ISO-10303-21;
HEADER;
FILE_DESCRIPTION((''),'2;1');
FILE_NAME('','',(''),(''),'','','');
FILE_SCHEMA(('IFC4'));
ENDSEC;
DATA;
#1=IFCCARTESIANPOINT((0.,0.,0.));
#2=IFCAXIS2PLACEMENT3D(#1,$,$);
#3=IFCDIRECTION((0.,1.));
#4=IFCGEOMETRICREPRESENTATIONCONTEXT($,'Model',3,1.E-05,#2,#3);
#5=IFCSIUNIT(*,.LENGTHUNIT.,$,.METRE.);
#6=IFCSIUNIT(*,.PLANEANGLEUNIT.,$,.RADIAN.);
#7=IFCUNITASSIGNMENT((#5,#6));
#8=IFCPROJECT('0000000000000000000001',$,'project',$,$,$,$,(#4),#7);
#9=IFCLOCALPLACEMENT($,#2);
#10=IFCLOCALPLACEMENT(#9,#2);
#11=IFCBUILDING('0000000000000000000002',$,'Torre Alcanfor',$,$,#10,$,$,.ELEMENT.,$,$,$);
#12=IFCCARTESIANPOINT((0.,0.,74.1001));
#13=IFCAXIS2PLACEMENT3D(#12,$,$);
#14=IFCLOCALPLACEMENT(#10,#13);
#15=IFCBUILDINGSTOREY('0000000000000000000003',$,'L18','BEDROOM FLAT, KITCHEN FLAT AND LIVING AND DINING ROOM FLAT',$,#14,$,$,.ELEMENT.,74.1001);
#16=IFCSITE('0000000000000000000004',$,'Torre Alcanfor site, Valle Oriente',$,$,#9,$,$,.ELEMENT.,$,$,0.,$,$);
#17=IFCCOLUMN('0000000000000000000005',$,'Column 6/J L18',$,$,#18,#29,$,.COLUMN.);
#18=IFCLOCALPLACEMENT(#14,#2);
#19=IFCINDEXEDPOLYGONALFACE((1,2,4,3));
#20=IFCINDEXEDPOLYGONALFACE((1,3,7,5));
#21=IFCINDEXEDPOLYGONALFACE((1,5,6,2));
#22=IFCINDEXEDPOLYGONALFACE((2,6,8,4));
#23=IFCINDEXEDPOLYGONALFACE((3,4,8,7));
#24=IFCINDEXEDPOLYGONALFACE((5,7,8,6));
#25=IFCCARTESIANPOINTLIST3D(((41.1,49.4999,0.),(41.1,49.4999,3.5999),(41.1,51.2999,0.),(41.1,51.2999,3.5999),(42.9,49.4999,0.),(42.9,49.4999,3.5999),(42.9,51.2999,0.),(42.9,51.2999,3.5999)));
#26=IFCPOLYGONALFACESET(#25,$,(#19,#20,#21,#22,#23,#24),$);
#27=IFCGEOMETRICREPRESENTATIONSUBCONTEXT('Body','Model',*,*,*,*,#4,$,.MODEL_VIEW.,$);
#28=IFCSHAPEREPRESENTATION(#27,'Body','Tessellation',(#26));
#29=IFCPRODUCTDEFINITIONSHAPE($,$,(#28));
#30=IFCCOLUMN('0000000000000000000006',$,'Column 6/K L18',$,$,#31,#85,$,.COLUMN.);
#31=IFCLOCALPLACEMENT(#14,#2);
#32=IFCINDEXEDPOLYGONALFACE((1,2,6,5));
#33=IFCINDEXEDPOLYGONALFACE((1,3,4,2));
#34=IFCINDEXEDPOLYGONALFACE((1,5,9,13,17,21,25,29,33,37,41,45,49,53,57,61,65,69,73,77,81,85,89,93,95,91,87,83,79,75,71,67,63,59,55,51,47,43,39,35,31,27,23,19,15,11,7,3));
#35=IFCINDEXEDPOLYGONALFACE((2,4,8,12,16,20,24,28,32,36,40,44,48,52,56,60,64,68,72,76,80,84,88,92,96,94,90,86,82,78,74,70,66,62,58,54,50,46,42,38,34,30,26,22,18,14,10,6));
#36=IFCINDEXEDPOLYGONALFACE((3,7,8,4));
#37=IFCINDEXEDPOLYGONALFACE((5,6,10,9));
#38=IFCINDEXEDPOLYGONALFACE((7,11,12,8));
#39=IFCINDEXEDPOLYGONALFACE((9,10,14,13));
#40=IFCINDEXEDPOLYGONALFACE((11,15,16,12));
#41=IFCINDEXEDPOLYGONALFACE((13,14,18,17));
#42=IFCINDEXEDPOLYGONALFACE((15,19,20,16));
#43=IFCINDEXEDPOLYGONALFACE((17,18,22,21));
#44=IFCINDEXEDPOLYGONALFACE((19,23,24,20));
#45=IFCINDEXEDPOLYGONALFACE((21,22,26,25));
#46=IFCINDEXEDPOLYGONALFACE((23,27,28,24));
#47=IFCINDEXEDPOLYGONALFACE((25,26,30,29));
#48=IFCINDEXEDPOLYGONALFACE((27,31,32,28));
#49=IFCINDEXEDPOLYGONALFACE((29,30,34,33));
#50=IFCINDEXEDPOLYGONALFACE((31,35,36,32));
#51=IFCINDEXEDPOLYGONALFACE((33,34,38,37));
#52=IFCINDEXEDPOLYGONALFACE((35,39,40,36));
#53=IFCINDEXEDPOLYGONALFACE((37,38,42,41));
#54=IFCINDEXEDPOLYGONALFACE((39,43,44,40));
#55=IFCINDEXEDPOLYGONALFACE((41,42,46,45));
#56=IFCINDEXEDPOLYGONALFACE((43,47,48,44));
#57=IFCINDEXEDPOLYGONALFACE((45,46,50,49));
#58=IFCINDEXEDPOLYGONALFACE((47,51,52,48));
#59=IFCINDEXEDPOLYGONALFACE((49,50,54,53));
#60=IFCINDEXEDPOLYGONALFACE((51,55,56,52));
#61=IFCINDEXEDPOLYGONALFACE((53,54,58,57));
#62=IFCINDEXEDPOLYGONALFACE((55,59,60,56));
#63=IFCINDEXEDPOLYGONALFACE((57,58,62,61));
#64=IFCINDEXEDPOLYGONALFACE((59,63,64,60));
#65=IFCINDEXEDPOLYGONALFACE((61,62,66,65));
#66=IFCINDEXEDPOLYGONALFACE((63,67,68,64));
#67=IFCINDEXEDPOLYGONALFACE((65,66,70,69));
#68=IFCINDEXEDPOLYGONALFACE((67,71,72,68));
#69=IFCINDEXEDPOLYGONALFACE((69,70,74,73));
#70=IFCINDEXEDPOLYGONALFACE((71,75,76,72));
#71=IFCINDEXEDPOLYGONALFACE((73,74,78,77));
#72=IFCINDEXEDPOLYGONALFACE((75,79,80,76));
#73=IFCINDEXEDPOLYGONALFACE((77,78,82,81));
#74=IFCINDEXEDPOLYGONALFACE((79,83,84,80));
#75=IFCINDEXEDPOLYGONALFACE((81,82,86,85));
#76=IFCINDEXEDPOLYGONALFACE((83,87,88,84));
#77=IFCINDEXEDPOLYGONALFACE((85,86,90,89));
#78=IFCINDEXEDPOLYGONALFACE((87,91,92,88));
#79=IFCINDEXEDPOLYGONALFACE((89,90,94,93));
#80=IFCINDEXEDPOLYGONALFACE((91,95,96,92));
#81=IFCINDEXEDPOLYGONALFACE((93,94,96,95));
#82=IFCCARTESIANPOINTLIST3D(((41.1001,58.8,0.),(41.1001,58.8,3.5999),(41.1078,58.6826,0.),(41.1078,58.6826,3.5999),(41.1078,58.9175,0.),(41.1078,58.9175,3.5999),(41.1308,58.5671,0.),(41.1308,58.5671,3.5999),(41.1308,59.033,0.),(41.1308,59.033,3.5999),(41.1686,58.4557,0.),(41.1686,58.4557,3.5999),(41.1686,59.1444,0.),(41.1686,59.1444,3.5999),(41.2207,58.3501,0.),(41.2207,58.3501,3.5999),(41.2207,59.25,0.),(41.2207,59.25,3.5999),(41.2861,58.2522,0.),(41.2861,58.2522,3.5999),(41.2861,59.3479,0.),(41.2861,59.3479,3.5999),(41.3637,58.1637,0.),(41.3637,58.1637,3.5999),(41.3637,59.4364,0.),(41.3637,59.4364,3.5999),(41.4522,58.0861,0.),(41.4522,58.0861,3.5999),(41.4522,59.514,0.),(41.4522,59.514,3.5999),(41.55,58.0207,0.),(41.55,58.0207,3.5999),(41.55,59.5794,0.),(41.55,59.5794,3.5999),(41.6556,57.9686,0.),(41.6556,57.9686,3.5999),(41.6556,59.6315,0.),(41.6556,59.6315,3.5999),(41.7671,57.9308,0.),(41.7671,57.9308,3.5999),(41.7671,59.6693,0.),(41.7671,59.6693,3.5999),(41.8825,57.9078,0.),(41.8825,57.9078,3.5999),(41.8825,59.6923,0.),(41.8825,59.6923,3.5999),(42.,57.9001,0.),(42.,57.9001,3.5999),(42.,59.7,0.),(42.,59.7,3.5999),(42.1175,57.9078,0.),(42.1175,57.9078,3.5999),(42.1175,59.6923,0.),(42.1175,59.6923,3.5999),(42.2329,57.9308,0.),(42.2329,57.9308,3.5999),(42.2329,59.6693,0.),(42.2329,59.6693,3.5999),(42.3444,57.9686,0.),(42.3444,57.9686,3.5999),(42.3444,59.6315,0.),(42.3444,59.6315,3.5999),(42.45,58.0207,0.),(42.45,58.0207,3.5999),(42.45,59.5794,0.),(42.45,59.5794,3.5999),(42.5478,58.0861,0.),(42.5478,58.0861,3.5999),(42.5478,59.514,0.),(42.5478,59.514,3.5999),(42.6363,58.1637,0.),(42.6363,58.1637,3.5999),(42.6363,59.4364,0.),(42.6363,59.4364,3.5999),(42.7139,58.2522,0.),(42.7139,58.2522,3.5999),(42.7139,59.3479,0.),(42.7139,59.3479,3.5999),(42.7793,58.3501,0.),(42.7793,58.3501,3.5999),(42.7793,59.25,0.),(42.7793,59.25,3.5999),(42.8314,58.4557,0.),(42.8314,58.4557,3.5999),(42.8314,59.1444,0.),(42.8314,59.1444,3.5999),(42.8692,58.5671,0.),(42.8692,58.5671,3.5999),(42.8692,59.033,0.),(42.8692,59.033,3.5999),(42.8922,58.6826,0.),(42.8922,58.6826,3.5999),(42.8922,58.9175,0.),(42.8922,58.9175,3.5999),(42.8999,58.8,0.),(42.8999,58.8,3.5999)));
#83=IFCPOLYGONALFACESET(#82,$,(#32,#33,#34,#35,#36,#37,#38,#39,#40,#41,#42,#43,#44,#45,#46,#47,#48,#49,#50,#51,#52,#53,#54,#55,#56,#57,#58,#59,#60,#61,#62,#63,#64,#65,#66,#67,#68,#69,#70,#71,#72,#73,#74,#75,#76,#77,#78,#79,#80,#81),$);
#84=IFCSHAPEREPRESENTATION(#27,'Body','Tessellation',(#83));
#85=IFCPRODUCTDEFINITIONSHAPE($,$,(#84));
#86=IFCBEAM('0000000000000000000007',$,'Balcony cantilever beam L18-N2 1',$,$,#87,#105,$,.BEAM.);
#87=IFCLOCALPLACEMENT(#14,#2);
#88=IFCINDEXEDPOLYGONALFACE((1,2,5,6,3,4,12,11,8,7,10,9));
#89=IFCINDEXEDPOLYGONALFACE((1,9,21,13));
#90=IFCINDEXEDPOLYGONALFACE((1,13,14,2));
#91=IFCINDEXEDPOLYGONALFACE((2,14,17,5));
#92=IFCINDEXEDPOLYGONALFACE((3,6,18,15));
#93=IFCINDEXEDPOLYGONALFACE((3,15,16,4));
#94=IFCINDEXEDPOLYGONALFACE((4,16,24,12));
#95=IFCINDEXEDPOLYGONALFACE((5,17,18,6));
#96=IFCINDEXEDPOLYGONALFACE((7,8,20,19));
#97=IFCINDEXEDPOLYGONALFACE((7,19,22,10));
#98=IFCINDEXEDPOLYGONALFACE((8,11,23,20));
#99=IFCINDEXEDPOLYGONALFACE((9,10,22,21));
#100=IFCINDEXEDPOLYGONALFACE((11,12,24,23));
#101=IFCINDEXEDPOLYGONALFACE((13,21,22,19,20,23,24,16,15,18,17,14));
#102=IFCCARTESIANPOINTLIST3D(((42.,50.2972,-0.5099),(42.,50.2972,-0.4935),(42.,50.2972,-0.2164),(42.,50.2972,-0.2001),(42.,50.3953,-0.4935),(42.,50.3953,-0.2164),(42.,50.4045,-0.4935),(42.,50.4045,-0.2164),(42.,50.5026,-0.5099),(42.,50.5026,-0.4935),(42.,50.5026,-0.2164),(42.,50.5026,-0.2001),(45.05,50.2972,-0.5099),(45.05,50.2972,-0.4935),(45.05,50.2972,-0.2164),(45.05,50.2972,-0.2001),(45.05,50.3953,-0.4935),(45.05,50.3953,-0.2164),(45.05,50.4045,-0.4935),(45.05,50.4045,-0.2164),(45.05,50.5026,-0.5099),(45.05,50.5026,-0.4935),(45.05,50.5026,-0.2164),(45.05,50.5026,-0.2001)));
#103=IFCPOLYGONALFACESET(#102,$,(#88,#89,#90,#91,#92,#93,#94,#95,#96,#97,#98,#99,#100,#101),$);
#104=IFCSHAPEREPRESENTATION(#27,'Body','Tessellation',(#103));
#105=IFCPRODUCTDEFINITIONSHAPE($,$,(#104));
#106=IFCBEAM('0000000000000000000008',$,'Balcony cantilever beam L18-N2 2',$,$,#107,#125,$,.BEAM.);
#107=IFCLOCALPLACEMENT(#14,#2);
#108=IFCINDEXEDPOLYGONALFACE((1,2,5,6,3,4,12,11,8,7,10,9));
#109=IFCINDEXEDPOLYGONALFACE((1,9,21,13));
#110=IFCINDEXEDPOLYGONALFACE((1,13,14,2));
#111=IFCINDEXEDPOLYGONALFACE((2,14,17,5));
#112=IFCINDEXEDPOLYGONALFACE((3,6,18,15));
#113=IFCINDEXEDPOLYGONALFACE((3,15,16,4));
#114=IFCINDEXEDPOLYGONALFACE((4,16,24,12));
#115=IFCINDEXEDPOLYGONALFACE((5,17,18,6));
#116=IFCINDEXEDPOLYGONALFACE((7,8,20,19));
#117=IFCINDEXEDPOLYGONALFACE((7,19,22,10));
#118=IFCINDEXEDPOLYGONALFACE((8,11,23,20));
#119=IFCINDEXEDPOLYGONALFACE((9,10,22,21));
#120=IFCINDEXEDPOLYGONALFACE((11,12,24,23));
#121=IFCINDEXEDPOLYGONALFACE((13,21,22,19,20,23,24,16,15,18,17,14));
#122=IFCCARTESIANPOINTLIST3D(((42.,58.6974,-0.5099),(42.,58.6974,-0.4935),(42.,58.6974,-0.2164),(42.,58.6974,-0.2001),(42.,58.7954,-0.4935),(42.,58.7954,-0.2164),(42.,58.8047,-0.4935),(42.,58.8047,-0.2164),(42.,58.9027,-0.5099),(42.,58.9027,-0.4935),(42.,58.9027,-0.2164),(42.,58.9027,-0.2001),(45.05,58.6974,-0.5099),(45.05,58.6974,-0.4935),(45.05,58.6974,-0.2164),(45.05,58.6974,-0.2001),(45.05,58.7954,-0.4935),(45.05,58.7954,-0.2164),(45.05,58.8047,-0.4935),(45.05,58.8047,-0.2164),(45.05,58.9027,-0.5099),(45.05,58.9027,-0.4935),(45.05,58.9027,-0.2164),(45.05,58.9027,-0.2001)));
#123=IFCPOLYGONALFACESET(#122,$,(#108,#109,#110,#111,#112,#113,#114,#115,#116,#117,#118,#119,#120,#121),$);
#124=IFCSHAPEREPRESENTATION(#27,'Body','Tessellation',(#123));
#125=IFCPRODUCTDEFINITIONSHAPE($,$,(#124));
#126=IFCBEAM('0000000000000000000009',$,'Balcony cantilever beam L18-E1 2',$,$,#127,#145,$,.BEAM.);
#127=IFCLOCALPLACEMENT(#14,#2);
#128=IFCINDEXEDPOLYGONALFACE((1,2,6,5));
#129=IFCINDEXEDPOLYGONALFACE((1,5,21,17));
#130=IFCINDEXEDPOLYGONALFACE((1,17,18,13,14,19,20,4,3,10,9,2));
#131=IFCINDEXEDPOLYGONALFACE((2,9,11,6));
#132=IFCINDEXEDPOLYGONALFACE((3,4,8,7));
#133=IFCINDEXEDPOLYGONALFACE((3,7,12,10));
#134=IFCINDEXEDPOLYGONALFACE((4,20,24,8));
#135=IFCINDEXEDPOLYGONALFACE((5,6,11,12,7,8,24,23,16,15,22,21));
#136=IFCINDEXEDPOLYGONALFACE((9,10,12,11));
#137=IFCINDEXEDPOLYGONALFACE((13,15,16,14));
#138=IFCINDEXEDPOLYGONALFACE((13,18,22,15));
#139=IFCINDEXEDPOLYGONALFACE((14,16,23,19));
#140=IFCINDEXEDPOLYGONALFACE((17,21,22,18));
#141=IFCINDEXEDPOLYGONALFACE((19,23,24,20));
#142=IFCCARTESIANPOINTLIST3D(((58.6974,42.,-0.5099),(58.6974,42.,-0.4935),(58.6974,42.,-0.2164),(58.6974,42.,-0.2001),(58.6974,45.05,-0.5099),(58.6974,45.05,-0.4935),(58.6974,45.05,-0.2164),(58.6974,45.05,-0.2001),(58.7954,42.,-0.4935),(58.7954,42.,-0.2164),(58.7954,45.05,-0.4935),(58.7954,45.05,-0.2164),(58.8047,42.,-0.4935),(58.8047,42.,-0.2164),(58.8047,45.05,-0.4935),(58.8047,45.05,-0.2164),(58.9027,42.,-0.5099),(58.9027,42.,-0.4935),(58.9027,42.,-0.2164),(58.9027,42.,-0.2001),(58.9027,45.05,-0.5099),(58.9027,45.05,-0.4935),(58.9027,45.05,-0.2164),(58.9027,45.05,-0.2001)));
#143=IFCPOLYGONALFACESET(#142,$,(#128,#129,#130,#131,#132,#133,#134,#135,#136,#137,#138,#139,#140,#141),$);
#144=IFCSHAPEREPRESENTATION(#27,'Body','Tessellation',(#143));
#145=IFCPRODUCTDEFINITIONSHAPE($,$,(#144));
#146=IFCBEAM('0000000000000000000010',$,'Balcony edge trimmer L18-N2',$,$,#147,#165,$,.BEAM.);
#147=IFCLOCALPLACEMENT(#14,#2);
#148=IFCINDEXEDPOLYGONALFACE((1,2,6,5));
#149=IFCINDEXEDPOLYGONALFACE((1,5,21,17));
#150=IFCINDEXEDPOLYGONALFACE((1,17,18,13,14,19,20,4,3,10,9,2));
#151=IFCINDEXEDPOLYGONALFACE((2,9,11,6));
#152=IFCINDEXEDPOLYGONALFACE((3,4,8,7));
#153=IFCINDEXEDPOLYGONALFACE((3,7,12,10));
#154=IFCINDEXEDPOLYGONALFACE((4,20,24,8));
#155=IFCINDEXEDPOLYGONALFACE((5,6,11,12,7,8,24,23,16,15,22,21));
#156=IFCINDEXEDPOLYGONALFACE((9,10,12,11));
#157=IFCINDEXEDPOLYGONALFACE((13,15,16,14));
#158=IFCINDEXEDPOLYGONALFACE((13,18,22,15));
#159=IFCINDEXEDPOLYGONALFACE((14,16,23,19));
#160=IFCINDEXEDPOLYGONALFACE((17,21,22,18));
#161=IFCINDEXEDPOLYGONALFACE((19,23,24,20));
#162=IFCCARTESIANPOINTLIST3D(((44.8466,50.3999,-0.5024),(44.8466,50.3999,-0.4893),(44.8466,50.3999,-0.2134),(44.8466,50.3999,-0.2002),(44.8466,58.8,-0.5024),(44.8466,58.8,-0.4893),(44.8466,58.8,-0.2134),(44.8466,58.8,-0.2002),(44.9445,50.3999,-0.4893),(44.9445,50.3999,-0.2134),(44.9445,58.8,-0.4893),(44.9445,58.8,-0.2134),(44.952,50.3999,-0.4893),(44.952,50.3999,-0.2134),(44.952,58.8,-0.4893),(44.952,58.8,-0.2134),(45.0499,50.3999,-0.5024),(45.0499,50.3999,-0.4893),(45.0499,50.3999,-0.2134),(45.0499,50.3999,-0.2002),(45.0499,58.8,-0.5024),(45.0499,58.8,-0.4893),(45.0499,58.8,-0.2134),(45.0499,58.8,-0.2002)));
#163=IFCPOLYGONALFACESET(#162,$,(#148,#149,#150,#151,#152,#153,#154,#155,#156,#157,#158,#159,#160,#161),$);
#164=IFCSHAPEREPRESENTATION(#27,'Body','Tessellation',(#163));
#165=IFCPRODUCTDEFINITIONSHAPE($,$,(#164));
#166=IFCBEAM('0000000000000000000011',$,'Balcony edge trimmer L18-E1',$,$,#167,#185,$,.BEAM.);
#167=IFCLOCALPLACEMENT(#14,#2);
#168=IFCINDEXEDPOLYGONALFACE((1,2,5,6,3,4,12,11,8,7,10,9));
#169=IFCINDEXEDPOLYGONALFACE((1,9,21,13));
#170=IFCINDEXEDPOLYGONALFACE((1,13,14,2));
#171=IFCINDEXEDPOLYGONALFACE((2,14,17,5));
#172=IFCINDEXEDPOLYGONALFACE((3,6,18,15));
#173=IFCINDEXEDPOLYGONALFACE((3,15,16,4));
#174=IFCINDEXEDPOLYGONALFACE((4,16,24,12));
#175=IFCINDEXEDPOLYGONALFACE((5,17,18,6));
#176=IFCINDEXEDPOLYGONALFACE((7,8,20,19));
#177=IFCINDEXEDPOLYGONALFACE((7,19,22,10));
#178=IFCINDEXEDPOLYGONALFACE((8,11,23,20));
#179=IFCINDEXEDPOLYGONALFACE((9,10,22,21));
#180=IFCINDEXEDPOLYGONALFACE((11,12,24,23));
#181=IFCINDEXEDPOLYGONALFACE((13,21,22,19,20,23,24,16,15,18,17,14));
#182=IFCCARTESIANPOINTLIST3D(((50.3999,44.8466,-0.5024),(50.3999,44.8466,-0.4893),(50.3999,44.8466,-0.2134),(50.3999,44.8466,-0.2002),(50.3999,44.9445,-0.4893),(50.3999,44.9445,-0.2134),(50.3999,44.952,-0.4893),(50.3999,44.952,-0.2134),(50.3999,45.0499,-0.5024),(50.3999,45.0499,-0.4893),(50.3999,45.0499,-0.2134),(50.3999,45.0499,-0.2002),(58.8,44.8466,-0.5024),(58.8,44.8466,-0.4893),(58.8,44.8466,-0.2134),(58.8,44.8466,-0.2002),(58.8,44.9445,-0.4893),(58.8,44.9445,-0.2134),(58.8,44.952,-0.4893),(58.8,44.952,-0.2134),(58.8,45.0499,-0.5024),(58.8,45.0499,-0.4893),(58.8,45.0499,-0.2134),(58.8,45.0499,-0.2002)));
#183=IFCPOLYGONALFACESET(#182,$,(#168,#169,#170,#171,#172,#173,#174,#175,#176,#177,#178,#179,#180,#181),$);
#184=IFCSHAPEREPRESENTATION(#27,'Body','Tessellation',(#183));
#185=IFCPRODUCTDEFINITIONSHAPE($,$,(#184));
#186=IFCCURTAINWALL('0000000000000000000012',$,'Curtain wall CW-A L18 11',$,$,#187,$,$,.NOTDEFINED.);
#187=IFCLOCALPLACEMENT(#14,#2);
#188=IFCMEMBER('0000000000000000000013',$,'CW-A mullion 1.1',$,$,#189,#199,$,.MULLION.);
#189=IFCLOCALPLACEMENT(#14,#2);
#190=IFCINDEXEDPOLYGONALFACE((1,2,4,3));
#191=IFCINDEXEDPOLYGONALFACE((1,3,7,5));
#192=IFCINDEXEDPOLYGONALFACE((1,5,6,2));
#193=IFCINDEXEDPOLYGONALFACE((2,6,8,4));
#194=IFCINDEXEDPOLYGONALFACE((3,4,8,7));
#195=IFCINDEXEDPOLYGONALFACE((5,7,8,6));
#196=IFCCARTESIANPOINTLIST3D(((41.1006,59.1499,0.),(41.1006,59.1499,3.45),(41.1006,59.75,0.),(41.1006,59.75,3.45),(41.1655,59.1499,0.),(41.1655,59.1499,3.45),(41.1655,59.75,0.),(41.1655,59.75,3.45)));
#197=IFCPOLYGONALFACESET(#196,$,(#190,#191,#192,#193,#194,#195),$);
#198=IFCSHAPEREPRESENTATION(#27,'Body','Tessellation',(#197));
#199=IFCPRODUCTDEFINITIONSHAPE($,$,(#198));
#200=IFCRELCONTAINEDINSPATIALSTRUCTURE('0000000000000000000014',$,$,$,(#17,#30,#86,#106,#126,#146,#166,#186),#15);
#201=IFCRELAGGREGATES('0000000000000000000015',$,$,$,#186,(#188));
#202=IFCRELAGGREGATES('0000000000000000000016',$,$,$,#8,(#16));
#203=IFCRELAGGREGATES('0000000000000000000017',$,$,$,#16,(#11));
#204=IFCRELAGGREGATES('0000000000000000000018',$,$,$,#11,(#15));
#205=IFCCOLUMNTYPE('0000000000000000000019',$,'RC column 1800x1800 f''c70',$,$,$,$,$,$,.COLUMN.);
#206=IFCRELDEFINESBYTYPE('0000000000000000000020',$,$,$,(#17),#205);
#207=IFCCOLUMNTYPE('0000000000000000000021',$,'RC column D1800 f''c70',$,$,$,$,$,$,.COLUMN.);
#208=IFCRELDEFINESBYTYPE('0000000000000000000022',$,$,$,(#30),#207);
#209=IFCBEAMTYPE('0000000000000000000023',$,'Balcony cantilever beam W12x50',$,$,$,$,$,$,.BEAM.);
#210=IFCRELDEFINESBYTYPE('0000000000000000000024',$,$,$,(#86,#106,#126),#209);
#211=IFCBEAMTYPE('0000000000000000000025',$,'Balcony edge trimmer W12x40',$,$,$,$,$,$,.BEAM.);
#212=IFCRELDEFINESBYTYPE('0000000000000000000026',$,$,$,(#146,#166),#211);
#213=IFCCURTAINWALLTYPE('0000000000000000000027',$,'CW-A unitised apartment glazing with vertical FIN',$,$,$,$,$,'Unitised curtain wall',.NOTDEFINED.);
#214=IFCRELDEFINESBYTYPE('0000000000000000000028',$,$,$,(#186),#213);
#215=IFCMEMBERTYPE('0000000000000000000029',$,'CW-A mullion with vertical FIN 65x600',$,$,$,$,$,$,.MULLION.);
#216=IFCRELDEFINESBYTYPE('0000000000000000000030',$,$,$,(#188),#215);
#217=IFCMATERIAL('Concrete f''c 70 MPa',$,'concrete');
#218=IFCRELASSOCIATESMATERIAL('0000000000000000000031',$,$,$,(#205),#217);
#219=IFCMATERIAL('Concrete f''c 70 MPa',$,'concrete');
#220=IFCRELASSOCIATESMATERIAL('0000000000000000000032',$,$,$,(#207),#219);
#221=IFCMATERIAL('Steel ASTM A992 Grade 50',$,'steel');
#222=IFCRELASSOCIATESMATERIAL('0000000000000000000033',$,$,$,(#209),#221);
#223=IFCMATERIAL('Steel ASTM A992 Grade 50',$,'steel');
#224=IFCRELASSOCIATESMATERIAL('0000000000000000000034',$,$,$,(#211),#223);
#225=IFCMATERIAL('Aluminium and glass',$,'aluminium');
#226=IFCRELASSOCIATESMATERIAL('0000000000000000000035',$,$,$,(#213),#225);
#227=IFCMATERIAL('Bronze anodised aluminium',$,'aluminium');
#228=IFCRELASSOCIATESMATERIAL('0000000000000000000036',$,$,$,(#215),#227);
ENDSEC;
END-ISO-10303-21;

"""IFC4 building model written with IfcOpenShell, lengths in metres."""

from ifc_helpers import new_model, si_unit, direction, frame, origin, origin_2d, place, context, subcontext, project, spatial, rectangle, circle, i_section, extrude, material, material_profile, profile_set, type_object, element, aggregate, save


model = new_model("IFC4")

# Units and contexts
model_context = context("Model", 3, precision=1e-05, world=origin(), true_north=direction((0.0, 1.0)))
body_context = subcontext(model_context, "Body", "Model", "MODEL_VIEW")
ifc_project = project(units=[si_unit("LENGTHUNIT", "METRE"), si_unit("PLANEANGLEUNIT", "RADIAN")], contexts=[model_context])

# Site, building, storey
site_placement = place(None, origin())
site = spatial("IfcSite", under=ifc_project, at=site_placement, Name="Torre Alcanfor site, Valle Oriente", CompositionType="ELEMENT", RefElevation=0.0)
building_placement = place(site_placement, origin())
building = spatial("IfcBuilding", under=site, at=building_placement, Name="Torre Alcanfor", CompositionType="ELEMENT")
storey_placement = place(building_placement, frame((0.0, 0.0, 74.1001)))
storey = spatial("IfcBuildingStorey", under=building, at=storey_placement, Name="L18", Description="BEDROOM FLAT, KITCHEN FLAT AND LIVING AND DINING ROOM FLAT", CompositionType="ELEMENT", Elevation=74.1001)

# Columns
ifc_material_1 = material(Name="Concrete f'c 70 MPa", Category="concrete")
ifc_material_profile_1 = material_profile(ifc_material_1, rectangle(XDim=1.8, YDim=1.8, at=origin_2d()), Name="1800x1800")
ifc_profile_set_1 = profile_set([ifc_material_profile_1], Name="Concrete f'c 70 MPa")
column_type_1 = type_object("IfcColumnType", Name="RC column 1800x1800 f'c70", PredefinedType="COLUMN", material=ifc_profile_set_1)
column_1_placement = place(storey_placement, frame((42.0, 50.3999, 0.0), z_axis=(0.0, 0.0, 1.0), x_axis=(1.0, 0.0, 0.0)))
element("IfcColumn", 1, at=column_1_placement, inside=storey, type_object=column_type_1, Name="Column 6/J L18", PredefinedType="COLUMN", context=body_context, shape_type="SweptSolid", body=[
    extrude(rectangle(XDim=1.8, YDim=1.8, at=origin_2d()), origin(), (0.0, 0.0, 1.0), 3.5999),
])
ifc_material_2 = material(Name="Concrete f'c 70 MPa", Category="concrete")
ifc_material_profile_2 = material_profile(ifc_material_2, circle(Radius=0.8999, at=origin_2d()), Name="D1800")
ifc_profile_set_2 = profile_set([ifc_material_profile_2], Name="Concrete f'c 70 MPa")
column_type_2 = type_object("IfcColumnType", Name="RC column D1800 f'c70", PredefinedType="COLUMN", material=ifc_profile_set_2)
column_2_placement = place(storey_placement, frame((42.0, 58.8, 0.0), z_axis=(0.0, 0.0, 1.0), x_axis=(1.0, 0.0, 0.0)))
element("IfcColumn", 2, at=column_2_placement, inside=storey, type_object=column_type_2, Name="Column 6/K L18", PredefinedType="COLUMN", context=body_context, shape_type="SweptSolid", body=[
    extrude(circle(Radius=0.8999, at=origin_2d()), origin(), (0.0, 0.0, 1.0), 3.5999),
])

# Beams
ifc_material_3 = material(Name="Steel ASTM A992 Grade 50", Category="steel")
ifc_material_profile_3 = material_profile(ifc_material_3, i_section(OverallWidth=0.2053, OverallDepth=0.3098, WebThickness=0.0093, FlangeThickness=0.0164, at=origin_2d()), Name="W12x50")
ifc_profile_set_3 = profile_set([ifc_material_profile_3], Name="Steel ASTM A992 Grade 50")
beam_type_1 = type_object("IfcBeamType", Name="Balcony cantilever beam W12x50", PredefinedType="BEAM", material=ifc_profile_set_3)
for number, where, z_axis, x_axis, name in (
    (3, (42.0, 50.3999, -0.355), (1.0, 0.0, 0.0), (0.0, 1.0, 0.0), "Balcony cantilever beam L18-N2 1"),
    (4, (42.0, 58.8, -0.355), (1.0, 0.0, 0.0), (0.0, 1.0, 0.0), "Balcony cantilever beam L18-N2 2"),
    (5, (58.8, 42.0, -0.355), (0.0, 1.0, 0.0), (-1.0, 0.0, 0.0), "Balcony cantilever beam L18-E1 2"),
):
    element("IfcBeam", number, at=place(storey_placement, frame(where, z_axis=z_axis, x_axis=x_axis)), inside=storey, type_object=beam_type_1, Name=name, PredefinedType="BEAM", context=body_context, shape_type="SweptSolid", body=[
        extrude(i_section(OverallWidth=0.2053, OverallDepth=0.3098, WebThickness=0.0093, FlangeThickness=0.0164, at=origin_2d()), origin(), (0.0, 0.0, 1.0), 3.05),
    ])
ifc_material_4 = material(Name="Steel ASTM A992 Grade 50", Category="steel")
ifc_material_profile_4 = material_profile(ifc_material_4, i_section(OverallWidth=0.2034, OverallDepth=0.3022, WebThickness=0.0076, FlangeThickness=0.0132, at=origin_2d()), Name="W12x40")
ifc_profile_set_4 = profile_set([ifc_material_profile_4], Name="Steel ASTM A992 Grade 50")
beam_type_2 = type_object("IfcBeamType", Name="Balcony edge trimmer W12x40", PredefinedType="BEAM", material=ifc_profile_set_4)
for number, where, z_axis, x_axis, name in (
    (6, (44.9482, 50.3999, -0.3513), (0.0, 1.0, 0.0), (-1.0, 0.0, 0.0), "Balcony edge trimmer L18-N2"),
    (7, (50.3999, 44.9482, -0.3513), (1.0, 0.0, 0.0), (0.0, 1.0, 0.0), "Balcony edge trimmer L18-E1"),
):
    element("IfcBeam", number, at=place(storey_placement, frame(where, z_axis=z_axis, x_axis=x_axis)), inside=storey, type_object=beam_type_2, Name=name, PredefinedType="BEAM", context=body_context, shape_type="SweptSolid", body=[
        extrude(i_section(OverallWidth=0.2034, OverallDepth=0.3022, WebThickness=0.0076, FlangeThickness=0.0132, at=origin_2d()), origin(), (0.0, 0.0, 1.0), 8.4001),
    ])

# Curtain wall, member
ifc_material_5 = material(Name="Aluminium and glass", Category="aluminium")
curtain_wall_type = type_object("IfcCurtainWallType", Name="CW-A unitised apartment glazing with vertical FIN", ElementType="Unitised curtain wall", PredefinedType="NOTDEFINED", material=ifc_material_5)
curtain_wall_placement = place(storey_placement, origin())
curtain_wall = element("IfcCurtainWall", 8, at=curtain_wall_placement, inside=storey, type_object=curtain_wall_type, Name="Curtain wall CW-A L18 11", PredefinedType="NOTDEFINED")
ifc_material_6 = material(Name="Bronze anodised aluminium", Category="aluminium")
ifc_material_profile_5 = material_profile(ifc_material_6, rectangle(XDim=0.6001, YDim=0.0649, at=origin_2d()), Name="CW-A mullion 65x600")
ifc_profile_set_5 = profile_set([ifc_material_profile_5], Name="Bronze anodised aluminium")
member_type = type_object("IfcMemberType", Name="CW-A mullion with vertical FIN 65x600", PredefinedType="MULLION", material=ifc_profile_set_5)
member_placement = place(storey_placement, frame((41.1331, 59.45, 0.0), z_axis=(0.0, 0.0, 1.0), x_axis=(0.0, -1.0, 0.0)))
member = element("IfcMember", 9, at=member_placement, type_object=member_type, Name="CW-A mullion 1.1", PredefinedType="MULLION", context=body_context, shape_type="SweptSolid", body=[
    extrude(rectangle(XDim=0.6001, YDim=0.0649, at=origin_2d()), origin(), (0.0, 0.0, 1.0), 3.45),
])
aggregate(curtain_wall, [member])

save(model, "model.ifc")
